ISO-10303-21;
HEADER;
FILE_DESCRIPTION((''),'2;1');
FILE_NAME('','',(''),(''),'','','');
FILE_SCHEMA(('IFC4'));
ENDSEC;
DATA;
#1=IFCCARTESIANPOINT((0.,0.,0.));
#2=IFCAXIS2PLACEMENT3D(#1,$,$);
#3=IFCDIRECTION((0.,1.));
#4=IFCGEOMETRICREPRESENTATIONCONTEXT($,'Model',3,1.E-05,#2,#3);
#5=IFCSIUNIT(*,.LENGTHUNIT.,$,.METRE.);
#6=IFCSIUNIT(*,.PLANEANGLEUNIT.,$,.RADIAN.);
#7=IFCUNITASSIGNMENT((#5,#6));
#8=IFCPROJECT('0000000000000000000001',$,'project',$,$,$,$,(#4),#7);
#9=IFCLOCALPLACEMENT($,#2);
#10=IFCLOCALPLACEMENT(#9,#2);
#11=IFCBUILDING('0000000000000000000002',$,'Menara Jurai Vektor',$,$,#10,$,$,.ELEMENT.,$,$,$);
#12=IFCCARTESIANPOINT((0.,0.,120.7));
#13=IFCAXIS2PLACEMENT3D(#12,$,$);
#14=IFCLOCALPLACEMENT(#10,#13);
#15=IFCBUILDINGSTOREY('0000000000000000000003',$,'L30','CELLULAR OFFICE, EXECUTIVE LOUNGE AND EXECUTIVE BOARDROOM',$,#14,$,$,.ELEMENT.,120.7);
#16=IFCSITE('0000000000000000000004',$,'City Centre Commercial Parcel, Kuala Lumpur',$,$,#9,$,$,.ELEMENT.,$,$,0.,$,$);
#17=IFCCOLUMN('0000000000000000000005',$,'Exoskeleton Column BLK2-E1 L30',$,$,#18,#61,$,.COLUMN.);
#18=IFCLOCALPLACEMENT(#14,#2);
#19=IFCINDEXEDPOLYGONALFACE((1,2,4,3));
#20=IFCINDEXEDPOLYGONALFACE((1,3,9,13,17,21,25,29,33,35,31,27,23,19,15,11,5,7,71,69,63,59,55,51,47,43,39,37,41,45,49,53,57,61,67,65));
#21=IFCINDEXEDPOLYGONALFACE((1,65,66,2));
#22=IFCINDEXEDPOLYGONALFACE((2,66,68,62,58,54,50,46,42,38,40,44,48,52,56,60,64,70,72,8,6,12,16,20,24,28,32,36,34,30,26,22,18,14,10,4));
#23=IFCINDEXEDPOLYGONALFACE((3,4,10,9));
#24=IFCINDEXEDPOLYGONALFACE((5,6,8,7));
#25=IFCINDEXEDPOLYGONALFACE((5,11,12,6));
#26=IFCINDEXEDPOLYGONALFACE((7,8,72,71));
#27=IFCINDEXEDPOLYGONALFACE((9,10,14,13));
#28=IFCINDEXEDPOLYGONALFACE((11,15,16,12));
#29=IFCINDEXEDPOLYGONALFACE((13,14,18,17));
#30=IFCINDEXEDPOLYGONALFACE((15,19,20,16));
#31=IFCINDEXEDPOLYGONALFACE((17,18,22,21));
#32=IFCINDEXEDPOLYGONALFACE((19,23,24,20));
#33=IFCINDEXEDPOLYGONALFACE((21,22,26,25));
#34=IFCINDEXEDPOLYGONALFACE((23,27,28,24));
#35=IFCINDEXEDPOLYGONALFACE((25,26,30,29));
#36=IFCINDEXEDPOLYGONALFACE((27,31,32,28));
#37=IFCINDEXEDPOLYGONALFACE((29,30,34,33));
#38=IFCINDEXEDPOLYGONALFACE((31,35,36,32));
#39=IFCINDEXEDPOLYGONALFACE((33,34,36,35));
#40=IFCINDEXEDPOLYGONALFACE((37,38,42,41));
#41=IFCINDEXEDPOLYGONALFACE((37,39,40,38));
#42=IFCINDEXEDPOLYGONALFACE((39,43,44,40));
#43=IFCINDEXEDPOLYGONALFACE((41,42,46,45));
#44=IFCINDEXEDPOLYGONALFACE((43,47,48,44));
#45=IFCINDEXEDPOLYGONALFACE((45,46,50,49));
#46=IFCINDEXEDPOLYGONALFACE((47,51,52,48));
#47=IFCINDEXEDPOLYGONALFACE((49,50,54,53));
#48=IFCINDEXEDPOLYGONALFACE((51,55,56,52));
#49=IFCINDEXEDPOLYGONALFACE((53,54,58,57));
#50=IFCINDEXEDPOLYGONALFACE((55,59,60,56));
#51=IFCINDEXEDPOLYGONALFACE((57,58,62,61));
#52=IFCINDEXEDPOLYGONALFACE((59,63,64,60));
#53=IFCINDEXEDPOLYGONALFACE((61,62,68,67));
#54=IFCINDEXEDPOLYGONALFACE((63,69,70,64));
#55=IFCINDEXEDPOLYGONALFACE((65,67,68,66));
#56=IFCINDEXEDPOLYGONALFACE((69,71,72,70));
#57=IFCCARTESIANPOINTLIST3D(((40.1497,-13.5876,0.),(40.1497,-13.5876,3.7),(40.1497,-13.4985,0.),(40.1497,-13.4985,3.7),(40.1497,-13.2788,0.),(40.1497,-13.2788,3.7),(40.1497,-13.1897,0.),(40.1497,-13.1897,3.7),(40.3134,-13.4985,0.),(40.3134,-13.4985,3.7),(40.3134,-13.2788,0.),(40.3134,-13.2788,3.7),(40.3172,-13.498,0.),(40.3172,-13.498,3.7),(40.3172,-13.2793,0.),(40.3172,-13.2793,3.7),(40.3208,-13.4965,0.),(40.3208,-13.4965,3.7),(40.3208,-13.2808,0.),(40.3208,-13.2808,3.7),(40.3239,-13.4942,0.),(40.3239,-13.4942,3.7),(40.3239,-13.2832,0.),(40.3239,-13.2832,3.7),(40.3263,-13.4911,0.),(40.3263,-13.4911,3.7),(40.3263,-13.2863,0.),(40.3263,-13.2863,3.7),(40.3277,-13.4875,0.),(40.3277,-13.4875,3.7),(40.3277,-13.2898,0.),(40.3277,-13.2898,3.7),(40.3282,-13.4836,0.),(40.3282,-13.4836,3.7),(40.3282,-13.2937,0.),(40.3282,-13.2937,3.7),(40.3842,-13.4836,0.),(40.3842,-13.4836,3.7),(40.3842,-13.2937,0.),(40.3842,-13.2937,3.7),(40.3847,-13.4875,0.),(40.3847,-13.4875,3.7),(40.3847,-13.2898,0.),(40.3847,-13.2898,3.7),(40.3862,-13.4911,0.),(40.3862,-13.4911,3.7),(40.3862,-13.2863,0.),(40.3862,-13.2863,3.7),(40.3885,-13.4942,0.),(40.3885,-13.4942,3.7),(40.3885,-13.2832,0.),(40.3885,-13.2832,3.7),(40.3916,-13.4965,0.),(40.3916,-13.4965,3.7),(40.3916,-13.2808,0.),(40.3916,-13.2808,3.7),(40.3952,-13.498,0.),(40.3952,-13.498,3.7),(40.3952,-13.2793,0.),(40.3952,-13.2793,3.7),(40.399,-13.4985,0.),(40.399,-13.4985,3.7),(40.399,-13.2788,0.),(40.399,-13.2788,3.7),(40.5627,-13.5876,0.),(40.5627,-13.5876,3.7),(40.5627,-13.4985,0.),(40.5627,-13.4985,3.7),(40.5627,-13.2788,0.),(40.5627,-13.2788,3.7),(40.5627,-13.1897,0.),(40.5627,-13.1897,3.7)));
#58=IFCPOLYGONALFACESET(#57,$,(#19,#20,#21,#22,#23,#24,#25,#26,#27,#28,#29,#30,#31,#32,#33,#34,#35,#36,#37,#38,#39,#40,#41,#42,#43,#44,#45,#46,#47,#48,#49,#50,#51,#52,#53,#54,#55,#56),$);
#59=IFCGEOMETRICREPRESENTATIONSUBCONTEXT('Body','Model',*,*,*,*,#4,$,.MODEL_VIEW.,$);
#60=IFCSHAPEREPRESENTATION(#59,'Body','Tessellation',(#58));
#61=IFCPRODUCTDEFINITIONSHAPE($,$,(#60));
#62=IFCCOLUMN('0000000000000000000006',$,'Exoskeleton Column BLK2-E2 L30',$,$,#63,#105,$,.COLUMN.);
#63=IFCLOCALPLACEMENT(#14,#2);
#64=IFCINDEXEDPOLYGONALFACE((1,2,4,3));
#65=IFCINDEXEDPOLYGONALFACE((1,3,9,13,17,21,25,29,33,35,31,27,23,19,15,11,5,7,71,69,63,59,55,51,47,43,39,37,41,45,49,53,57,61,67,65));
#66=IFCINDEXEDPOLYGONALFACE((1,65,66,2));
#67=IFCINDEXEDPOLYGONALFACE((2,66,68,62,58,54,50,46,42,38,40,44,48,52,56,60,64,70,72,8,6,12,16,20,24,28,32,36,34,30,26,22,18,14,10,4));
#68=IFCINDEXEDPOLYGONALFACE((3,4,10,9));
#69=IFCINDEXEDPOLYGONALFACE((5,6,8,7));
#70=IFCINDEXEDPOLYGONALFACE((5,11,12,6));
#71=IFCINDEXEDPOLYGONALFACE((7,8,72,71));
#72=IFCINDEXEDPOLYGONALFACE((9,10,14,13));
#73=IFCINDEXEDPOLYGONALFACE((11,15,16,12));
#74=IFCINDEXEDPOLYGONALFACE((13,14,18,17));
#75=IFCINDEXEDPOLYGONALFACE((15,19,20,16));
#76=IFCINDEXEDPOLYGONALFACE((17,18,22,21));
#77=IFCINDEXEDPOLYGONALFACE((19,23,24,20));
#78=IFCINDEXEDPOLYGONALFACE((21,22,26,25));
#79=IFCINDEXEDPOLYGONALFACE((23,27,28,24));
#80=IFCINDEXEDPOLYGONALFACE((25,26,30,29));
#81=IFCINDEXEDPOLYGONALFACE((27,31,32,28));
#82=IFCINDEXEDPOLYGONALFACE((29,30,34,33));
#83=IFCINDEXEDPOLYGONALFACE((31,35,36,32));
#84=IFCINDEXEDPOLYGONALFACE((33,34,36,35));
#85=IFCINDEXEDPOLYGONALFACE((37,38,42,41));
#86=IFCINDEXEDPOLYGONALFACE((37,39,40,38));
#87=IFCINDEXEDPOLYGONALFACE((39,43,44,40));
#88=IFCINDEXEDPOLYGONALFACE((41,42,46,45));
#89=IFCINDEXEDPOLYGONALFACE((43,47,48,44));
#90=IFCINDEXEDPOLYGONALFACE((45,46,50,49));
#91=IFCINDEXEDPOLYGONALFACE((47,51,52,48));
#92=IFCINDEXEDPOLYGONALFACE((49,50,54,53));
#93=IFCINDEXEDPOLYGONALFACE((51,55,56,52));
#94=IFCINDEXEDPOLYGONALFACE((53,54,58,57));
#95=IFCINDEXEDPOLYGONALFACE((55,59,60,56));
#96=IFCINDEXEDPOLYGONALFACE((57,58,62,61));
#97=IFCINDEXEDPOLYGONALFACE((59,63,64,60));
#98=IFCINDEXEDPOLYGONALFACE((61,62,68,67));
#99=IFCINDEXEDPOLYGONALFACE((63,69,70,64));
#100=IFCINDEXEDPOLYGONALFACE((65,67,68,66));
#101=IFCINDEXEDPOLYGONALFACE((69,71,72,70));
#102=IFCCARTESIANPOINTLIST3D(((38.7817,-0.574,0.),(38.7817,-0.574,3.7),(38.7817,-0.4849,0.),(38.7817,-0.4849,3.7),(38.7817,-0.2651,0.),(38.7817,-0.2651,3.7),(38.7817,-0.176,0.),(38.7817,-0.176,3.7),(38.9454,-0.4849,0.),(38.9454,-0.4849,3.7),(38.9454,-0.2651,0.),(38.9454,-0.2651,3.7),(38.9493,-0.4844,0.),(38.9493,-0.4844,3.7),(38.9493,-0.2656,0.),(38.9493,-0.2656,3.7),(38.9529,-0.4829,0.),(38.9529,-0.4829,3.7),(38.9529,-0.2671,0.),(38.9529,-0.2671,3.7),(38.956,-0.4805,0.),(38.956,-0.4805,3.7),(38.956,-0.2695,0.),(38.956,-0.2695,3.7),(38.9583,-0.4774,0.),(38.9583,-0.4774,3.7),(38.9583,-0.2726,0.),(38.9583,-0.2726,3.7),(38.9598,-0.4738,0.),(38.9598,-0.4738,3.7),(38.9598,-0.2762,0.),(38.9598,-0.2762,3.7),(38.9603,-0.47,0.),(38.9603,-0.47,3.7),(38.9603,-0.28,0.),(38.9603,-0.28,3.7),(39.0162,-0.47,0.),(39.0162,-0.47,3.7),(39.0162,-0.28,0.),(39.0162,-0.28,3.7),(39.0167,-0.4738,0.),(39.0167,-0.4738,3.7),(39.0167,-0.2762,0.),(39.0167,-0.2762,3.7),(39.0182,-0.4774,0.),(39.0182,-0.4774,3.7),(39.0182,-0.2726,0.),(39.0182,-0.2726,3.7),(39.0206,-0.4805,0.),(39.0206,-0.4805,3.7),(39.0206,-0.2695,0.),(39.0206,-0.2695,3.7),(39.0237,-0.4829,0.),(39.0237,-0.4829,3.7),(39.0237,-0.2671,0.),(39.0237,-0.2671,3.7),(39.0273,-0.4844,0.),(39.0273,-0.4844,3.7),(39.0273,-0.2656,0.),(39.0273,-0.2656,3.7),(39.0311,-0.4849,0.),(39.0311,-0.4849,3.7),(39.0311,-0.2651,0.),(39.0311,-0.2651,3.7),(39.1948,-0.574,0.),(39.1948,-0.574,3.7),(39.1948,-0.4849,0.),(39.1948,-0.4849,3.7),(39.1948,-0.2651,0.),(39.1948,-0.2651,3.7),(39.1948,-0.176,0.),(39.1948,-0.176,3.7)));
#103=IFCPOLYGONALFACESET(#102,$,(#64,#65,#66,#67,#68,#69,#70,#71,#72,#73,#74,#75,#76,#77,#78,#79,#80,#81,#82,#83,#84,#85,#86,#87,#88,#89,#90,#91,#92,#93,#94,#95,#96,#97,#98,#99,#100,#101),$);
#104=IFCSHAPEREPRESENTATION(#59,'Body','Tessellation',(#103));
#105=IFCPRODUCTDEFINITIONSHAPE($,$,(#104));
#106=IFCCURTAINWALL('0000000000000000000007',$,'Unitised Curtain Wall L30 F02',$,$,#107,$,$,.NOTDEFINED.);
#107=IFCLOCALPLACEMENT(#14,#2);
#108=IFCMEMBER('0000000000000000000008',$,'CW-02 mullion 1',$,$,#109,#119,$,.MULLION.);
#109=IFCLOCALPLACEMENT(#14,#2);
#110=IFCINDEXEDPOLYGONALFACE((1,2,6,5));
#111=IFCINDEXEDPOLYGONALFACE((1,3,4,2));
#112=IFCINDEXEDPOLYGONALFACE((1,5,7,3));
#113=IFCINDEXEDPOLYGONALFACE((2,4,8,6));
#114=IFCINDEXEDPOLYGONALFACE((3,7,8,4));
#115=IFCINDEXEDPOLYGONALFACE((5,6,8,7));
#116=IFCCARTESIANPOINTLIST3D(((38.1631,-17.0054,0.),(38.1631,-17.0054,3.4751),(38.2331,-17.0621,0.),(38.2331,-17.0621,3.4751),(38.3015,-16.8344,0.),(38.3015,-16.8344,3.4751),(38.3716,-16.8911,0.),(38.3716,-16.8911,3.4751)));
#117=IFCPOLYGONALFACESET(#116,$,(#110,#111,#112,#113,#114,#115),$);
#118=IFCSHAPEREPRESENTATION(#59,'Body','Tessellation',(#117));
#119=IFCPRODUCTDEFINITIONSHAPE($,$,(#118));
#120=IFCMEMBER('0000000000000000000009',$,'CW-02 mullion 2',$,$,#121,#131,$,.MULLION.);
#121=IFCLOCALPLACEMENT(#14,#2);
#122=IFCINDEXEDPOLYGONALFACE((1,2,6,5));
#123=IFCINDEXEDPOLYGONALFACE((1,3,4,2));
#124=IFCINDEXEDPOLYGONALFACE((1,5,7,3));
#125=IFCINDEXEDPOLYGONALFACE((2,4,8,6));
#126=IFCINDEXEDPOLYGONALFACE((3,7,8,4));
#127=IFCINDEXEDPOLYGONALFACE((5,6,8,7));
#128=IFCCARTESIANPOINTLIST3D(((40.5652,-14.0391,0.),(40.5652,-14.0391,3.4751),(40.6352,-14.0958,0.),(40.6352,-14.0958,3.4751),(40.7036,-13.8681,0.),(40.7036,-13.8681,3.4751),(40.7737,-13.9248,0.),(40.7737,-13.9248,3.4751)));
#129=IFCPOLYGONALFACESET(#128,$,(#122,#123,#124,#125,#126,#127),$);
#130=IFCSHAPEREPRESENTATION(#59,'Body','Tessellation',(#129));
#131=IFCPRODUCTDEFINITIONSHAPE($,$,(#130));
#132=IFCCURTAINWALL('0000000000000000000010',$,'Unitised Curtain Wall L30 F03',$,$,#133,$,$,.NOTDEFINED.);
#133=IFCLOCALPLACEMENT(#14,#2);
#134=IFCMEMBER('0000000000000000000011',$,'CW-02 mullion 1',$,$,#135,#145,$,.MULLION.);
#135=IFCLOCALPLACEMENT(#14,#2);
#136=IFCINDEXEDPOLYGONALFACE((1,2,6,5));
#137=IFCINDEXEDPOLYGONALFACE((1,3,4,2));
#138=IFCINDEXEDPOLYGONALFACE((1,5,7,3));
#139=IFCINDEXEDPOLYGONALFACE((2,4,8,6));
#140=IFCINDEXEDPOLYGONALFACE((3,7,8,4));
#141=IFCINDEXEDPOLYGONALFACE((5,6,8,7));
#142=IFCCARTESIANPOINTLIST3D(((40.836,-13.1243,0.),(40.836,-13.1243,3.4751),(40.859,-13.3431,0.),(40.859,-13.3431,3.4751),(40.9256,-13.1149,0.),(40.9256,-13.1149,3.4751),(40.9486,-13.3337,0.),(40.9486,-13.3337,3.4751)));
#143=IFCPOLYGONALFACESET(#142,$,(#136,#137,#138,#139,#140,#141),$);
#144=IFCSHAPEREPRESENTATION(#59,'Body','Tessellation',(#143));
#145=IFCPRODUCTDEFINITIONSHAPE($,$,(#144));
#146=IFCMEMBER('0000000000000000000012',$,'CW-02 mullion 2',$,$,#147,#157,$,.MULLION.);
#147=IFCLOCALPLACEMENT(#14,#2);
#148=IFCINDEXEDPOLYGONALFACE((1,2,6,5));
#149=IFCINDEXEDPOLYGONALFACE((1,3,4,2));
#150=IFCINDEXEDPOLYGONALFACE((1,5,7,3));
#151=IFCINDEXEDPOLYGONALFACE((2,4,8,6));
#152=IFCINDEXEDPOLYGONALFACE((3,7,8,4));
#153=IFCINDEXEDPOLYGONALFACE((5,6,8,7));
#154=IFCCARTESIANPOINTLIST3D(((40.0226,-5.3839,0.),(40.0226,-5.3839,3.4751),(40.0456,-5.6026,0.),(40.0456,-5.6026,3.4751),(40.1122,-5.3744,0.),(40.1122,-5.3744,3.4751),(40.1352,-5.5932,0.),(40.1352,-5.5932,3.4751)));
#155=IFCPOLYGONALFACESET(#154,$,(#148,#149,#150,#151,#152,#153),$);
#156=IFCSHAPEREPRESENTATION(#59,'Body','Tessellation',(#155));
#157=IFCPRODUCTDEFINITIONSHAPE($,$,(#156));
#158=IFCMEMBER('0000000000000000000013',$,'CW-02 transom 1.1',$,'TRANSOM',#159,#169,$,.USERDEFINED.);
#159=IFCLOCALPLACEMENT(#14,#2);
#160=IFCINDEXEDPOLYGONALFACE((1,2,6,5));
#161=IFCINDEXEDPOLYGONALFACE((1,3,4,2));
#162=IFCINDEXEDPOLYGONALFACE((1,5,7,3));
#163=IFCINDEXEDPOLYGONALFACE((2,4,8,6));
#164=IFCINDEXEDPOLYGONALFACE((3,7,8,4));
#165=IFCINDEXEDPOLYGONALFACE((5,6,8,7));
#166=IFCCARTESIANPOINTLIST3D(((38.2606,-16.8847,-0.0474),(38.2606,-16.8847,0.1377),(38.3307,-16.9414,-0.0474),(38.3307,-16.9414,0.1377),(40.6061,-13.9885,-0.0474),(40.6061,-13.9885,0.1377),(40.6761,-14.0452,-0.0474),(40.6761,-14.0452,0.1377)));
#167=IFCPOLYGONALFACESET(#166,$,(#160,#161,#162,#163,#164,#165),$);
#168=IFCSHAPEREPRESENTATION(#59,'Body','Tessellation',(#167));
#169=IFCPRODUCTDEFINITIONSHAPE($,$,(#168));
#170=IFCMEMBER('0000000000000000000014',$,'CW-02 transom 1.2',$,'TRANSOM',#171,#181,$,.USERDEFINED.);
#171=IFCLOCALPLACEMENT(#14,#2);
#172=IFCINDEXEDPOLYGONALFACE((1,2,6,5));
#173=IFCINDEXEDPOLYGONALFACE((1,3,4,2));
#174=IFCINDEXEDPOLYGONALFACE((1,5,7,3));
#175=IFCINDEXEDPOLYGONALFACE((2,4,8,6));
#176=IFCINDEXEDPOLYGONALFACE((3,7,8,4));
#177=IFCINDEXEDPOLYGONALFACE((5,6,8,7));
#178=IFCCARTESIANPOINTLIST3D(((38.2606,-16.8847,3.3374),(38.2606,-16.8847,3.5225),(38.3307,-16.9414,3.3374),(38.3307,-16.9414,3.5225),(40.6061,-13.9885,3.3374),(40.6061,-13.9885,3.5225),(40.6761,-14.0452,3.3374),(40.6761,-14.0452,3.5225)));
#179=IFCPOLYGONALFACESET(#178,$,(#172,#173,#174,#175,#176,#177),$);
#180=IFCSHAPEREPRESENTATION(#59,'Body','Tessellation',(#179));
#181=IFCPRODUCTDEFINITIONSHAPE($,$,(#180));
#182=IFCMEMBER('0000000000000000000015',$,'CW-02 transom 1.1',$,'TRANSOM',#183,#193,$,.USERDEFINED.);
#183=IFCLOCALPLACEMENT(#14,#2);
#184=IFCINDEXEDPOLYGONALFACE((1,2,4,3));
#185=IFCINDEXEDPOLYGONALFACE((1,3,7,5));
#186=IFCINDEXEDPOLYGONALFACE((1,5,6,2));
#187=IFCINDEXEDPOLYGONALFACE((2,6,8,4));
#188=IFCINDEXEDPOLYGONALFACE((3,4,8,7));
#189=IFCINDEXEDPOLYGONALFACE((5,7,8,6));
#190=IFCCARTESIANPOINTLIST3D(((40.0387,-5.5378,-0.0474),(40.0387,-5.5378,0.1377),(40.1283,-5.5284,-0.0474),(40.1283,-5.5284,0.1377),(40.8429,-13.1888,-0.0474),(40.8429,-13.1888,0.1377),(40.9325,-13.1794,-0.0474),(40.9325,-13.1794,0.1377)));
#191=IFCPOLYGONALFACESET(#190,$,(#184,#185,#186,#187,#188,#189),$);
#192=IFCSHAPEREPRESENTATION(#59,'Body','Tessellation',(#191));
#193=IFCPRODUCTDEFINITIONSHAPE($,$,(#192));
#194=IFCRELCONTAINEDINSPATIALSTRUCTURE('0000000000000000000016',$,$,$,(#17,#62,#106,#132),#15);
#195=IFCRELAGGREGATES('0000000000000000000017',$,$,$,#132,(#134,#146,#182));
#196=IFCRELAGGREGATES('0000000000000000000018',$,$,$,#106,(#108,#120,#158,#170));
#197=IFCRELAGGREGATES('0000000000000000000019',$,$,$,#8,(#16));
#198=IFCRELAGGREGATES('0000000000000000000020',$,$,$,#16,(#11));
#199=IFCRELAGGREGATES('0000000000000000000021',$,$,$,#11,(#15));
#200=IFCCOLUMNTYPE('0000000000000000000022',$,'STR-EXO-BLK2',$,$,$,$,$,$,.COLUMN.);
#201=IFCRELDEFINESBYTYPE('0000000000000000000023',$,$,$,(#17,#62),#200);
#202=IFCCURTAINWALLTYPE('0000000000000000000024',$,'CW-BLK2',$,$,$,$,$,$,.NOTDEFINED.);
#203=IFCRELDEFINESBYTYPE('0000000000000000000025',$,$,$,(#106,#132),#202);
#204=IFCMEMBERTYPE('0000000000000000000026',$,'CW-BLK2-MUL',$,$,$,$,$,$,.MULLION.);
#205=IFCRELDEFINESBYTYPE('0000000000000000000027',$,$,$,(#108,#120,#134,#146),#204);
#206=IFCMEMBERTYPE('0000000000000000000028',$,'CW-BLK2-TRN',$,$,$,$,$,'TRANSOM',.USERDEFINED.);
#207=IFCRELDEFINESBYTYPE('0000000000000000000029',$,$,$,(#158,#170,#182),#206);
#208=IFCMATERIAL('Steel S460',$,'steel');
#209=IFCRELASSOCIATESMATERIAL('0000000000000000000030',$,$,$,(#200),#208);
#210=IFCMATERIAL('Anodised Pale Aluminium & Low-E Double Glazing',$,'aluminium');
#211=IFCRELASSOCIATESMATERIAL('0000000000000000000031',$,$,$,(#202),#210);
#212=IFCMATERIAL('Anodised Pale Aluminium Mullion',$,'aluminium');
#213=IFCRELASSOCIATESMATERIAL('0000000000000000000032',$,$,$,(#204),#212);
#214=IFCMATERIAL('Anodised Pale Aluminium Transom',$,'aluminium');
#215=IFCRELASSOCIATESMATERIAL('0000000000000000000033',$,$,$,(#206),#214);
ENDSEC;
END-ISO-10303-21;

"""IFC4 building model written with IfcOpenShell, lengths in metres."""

from ifc_helpers import new_model, si_unit, direction, frame, origin, origin_2d, place, context, subcontext, project, spatial, rectangle, i_section, extrude, material, material_profile, profile_set, type_object, element, aggregate, save


model = new_model("IFC4")

# Units and contexts
model_context = context("Model", 3, precision=1e-05, world=origin(), true_north=direction((0.0, 1.0)))
body_context = subcontext(model_context, "Body", "Model", "MODEL_VIEW")
ifc_project = project(units=[si_unit("LENGTHUNIT", "METRE"), si_unit("PLANEANGLEUNIT", "RADIAN")], contexts=[model_context])

# Site, building, storey
site_placement = place(None, origin())
site = spatial("IfcSite", under=ifc_project, at=site_placement, Name="City Centre Commercial Parcel, Kuala Lumpur", CompositionType="ELEMENT", RefElevation=0.0)
building_placement = place(site_placement, origin())
building = spatial("IfcBuilding", under=site, at=building_placement, Name="Menara Jurai Vektor", CompositionType="ELEMENT")
storey_placement = place(building_placement, frame((0.0, 0.0, 120.7)))
storey = spatial("IfcBuildingStorey", under=building, at=storey_placement, Name="L30", Description="CELLULAR OFFICE, EXECUTIVE LOUNGE AND EXECUTIVE BOARDROOM", CompositionType="ELEMENT", Elevation=120.7)

# Columns
ifc_material_1 = material(Name="Steel S460", Category="steel")
ifc_material_profile_1 = material_profile(ifc_material_1, i_section(OverallWidth=0.4131, OverallDepth=0.3979, WebThickness=0.0559, FlangeThickness=0.0891, FilletRadius=0.0149, at=origin_2d()), Name="HD 400x744")
ifc_profile_set_1 = profile_set([ifc_material_profile_1], Name="Steel S460")
column_type = type_object("IfcColumnType", Name="STR-EXO-BLK2", PredefinedType="COLUMN", material=ifc_profile_set_1)
for number, where, z_axis, x_axis, name in (
    (1, (40.3562, -13.3887, 0.0), (0.0, 0.0, 1.0), (1.0, 0.0, 0.0), "Exoskeleton Column BLK2-E1 L30"),
    (2, (38.9883, -0.375, 0.0), (0.0, 0.0, 1.0), (1.0, 0.0, 0.0), "Exoskeleton Column BLK2-E2 L30"),
):
    element("IfcColumn", number, at=place(storey_placement, frame(where, z_axis=z_axis, x_axis=x_axis)), inside=storey, type_object=column_type, Name=name, PredefinedType="COLUMN", context=body_context, shape_type="SweptSolid", body=[
        extrude(i_section(OverallWidth=0.4131, OverallDepth=0.3979, WebThickness=0.0559, FlangeThickness=0.0891, FilletRadius=0.0149, at=origin_2d()), origin(), (0.0, 0.0, 1.0), 3.7),
    ])

# Curtain walls, members
ifc_material_2 = material(Name="Anodised Pale Aluminium & Low-E Double Glazing", Category="aluminium")
curtain_wall_type = type_object("IfcCurtainWallType", Name="CW-BLK2", PredefinedType="NOTDEFINED", material=ifc_material_2)
curtain_wall_1_placement = place(storey_placement, origin())
curtain_wall_1 = element("IfcCurtainWall", 3, at=curtain_wall_1_placement, inside=storey, type_object=curtain_wall_type, Name="Unitised Curtain Wall L30 F02", PredefinedType="NOTDEFINED")
ifc_material_3 = material(Name="Anodised Pale Aluminium Mullion", Category="aluminium")
ifc_material_profile_2 = material_profile(ifc_material_3, rectangle(XDim=0.0901, YDim=0.22, at=origin_2d()), Name="ALU MUL 90x220")
ifc_profile_set_2 = profile_set([ifc_material_profile_2], Name="Anodised Pale Aluminium Mullion")
member_type_1 = type_object("IfcMemberType", Name="CW-BLK2-MUL", PredefinedType="MULLION", material=ifc_profile_set_2)
member_1_placement = place(storey_placement, frame((38.2673, -16.9482, 0.0), z_axis=(0.0, 0.0, 1.0), x_axis=(-0.777129, 0.629341, 0.0)))
member_1 = element("IfcMember", 4, at=member_1_placement, type_object=member_type_1, Name="CW-02 mullion 1", PredefinedType="MULLION", context=body_context, shape_type="SweptSolid", body=[
    extrude(rectangle(XDim=0.0901, YDim=0.22, at=origin_2d()), origin(), (0.0, 0.0, 1.0), 3.4751),
])
member_2_placement = place(storey_placement, frame((40.6694, -13.9819, 0.0), z_axis=(0.0, 0.0, 1.0), x_axis=(-0.777129, 0.629341, 0.0)))
member_2 = element("IfcMember", 5, at=member_2_placement, type_object=member_type_1, Name="CW-02 mullion 2", PredefinedType="MULLION", context=body_context, shape_type="SweptSolid", body=[
    extrude(rectangle(XDim=0.0901, YDim=0.22, at=origin_2d()), origin(), (0.0, 0.0, 1.0), 3.4751),
])
curtain_wall_2_placement = place(storey_placement, origin())
curtain_wall_2 = element("IfcCurtainWall", 6, at=curtain_wall_2_placement, inside=storey, type_object=curtain_wall_type, Name="Unitised Curtain Wall L30 F03", PredefinedType="NOTDEFINED")
member_3_placement = place(storey_placement, frame((40.8923, -13.229, 0.0), z_axis=(0.0, 0.0, 1.0), x_axis=(-0.994522, -0.10453, 0.0)))
member_3 = element("IfcMember", 7, at=member_3_placement, type_object=member_type_1, Name="CW-02 mullion 1", PredefinedType="MULLION", context=body_context, shape_type="SweptSolid", body=[
    extrude(rectangle(XDim=0.0901, YDim=0.22, at=origin_2d()), origin(), (0.0, 0.0, 1.0), 3.4751),
])
member_4_placement = place(storey_placement, frame((40.0789, -5.4885, 0.0), z_axis=(0.0, 0.0, 1.0), x_axis=(-0.994522, -0.10453, 0.0)))
member_4 = element("IfcMember", 8, at=member_4_placement, type_object=member_type_1, Name="CW-02 mullion 2", PredefinedType="MULLION", context=body_context, shape_type="SweptSolid", body=[
    extrude(rectangle(XDim=0.0901, YDim=0.22, at=origin_2d()), origin(), (0.0, 0.0, 1.0), 3.4751),
])

# Members
ifc_material_4 = material(Name="Anodised Pale Aluminium Transom", Category="aluminium")
ifc_material_profile_3 = material_profile(ifc_material_4, rectangle(XDim=0.0901, YDim=0.1851, at=origin_2d()), Name="ALU TRN 90x185")
ifc_profile_set_3 = profile_set([ifc_material_profile_3], Name="Anodised Pale Aluminium Transom")
member_type_2 = type_object("IfcMemberType", Name="CW-BLK2-TRN", ElementType="TRANSOM", PredefinedType="USERDEFINED", material=ifc_profile_set_3)
member_5_placement = place(storey_placement, frame((38.2957, -16.9131, 0.0452), z_axis=(0.629341, 0.777129, 0.0), x_axis=(-0.777129, 0.629341, 0.0)))
member_5 = element("IfcMember", 9, at=member_5_placement, type_object=member_type_2, Name="CW-02 transom 1.1", ObjectType="TRANSOM", PredefinedType="USERDEFINED", context=body_context, shape_type="SweptSolid", body=[
    extrude(rectangle(XDim=0.0901, YDim=0.1851, at=origin_2d()), origin(), (0.0, 0.0, 1.0), 3.7268),
])
member_6_placement = place(storey_placement, frame((38.2957, -16.9131, 3.4299), z_axis=(0.629341, 0.777129, 0.0), x_axis=(-0.777129, 0.629341, 0.0)))
member_6 = element("IfcMember", 10, at=member_6_placement, type_object=member_type_2, Name="CW-02 transom 1.2", ObjectType="TRANSOM", PredefinedType="USERDEFINED", context=body_context, shape_type="SweptSolid", body=[
    extrude(rectangle(XDim=0.0901, YDim=0.1851, at=origin_2d()), origin(), (0.0, 0.0, 1.0), 3.7268),
])
member_7_placement = place(storey_placement, frame((40.8877, -13.1841, 0.0452), z_axis=(-0.104536, 0.994521, 0.0), x_axis=(-0.994521, -0.104536, 0.0)))
member_7 = element("IfcMember", 11, at=member_7_placement, type_object=member_type_2, Name="CW-02 transom 1.1", ObjectType="TRANSOM", PredefinedType="USERDEFINED", context=body_context, shape_type="SweptSolid", body=[
    extrude(rectangle(XDim=0.0901, YDim=0.1851, at=origin_2d()), origin(), (0.0, 0.0, 1.0), 7.6931),
])

aggregate(curtain_wall_2, [member_3, member_4, member_7])
aggregate(curtain_wall_1, [member_1, member_2, member_5, member_6])

save(model, "model.ifc")
